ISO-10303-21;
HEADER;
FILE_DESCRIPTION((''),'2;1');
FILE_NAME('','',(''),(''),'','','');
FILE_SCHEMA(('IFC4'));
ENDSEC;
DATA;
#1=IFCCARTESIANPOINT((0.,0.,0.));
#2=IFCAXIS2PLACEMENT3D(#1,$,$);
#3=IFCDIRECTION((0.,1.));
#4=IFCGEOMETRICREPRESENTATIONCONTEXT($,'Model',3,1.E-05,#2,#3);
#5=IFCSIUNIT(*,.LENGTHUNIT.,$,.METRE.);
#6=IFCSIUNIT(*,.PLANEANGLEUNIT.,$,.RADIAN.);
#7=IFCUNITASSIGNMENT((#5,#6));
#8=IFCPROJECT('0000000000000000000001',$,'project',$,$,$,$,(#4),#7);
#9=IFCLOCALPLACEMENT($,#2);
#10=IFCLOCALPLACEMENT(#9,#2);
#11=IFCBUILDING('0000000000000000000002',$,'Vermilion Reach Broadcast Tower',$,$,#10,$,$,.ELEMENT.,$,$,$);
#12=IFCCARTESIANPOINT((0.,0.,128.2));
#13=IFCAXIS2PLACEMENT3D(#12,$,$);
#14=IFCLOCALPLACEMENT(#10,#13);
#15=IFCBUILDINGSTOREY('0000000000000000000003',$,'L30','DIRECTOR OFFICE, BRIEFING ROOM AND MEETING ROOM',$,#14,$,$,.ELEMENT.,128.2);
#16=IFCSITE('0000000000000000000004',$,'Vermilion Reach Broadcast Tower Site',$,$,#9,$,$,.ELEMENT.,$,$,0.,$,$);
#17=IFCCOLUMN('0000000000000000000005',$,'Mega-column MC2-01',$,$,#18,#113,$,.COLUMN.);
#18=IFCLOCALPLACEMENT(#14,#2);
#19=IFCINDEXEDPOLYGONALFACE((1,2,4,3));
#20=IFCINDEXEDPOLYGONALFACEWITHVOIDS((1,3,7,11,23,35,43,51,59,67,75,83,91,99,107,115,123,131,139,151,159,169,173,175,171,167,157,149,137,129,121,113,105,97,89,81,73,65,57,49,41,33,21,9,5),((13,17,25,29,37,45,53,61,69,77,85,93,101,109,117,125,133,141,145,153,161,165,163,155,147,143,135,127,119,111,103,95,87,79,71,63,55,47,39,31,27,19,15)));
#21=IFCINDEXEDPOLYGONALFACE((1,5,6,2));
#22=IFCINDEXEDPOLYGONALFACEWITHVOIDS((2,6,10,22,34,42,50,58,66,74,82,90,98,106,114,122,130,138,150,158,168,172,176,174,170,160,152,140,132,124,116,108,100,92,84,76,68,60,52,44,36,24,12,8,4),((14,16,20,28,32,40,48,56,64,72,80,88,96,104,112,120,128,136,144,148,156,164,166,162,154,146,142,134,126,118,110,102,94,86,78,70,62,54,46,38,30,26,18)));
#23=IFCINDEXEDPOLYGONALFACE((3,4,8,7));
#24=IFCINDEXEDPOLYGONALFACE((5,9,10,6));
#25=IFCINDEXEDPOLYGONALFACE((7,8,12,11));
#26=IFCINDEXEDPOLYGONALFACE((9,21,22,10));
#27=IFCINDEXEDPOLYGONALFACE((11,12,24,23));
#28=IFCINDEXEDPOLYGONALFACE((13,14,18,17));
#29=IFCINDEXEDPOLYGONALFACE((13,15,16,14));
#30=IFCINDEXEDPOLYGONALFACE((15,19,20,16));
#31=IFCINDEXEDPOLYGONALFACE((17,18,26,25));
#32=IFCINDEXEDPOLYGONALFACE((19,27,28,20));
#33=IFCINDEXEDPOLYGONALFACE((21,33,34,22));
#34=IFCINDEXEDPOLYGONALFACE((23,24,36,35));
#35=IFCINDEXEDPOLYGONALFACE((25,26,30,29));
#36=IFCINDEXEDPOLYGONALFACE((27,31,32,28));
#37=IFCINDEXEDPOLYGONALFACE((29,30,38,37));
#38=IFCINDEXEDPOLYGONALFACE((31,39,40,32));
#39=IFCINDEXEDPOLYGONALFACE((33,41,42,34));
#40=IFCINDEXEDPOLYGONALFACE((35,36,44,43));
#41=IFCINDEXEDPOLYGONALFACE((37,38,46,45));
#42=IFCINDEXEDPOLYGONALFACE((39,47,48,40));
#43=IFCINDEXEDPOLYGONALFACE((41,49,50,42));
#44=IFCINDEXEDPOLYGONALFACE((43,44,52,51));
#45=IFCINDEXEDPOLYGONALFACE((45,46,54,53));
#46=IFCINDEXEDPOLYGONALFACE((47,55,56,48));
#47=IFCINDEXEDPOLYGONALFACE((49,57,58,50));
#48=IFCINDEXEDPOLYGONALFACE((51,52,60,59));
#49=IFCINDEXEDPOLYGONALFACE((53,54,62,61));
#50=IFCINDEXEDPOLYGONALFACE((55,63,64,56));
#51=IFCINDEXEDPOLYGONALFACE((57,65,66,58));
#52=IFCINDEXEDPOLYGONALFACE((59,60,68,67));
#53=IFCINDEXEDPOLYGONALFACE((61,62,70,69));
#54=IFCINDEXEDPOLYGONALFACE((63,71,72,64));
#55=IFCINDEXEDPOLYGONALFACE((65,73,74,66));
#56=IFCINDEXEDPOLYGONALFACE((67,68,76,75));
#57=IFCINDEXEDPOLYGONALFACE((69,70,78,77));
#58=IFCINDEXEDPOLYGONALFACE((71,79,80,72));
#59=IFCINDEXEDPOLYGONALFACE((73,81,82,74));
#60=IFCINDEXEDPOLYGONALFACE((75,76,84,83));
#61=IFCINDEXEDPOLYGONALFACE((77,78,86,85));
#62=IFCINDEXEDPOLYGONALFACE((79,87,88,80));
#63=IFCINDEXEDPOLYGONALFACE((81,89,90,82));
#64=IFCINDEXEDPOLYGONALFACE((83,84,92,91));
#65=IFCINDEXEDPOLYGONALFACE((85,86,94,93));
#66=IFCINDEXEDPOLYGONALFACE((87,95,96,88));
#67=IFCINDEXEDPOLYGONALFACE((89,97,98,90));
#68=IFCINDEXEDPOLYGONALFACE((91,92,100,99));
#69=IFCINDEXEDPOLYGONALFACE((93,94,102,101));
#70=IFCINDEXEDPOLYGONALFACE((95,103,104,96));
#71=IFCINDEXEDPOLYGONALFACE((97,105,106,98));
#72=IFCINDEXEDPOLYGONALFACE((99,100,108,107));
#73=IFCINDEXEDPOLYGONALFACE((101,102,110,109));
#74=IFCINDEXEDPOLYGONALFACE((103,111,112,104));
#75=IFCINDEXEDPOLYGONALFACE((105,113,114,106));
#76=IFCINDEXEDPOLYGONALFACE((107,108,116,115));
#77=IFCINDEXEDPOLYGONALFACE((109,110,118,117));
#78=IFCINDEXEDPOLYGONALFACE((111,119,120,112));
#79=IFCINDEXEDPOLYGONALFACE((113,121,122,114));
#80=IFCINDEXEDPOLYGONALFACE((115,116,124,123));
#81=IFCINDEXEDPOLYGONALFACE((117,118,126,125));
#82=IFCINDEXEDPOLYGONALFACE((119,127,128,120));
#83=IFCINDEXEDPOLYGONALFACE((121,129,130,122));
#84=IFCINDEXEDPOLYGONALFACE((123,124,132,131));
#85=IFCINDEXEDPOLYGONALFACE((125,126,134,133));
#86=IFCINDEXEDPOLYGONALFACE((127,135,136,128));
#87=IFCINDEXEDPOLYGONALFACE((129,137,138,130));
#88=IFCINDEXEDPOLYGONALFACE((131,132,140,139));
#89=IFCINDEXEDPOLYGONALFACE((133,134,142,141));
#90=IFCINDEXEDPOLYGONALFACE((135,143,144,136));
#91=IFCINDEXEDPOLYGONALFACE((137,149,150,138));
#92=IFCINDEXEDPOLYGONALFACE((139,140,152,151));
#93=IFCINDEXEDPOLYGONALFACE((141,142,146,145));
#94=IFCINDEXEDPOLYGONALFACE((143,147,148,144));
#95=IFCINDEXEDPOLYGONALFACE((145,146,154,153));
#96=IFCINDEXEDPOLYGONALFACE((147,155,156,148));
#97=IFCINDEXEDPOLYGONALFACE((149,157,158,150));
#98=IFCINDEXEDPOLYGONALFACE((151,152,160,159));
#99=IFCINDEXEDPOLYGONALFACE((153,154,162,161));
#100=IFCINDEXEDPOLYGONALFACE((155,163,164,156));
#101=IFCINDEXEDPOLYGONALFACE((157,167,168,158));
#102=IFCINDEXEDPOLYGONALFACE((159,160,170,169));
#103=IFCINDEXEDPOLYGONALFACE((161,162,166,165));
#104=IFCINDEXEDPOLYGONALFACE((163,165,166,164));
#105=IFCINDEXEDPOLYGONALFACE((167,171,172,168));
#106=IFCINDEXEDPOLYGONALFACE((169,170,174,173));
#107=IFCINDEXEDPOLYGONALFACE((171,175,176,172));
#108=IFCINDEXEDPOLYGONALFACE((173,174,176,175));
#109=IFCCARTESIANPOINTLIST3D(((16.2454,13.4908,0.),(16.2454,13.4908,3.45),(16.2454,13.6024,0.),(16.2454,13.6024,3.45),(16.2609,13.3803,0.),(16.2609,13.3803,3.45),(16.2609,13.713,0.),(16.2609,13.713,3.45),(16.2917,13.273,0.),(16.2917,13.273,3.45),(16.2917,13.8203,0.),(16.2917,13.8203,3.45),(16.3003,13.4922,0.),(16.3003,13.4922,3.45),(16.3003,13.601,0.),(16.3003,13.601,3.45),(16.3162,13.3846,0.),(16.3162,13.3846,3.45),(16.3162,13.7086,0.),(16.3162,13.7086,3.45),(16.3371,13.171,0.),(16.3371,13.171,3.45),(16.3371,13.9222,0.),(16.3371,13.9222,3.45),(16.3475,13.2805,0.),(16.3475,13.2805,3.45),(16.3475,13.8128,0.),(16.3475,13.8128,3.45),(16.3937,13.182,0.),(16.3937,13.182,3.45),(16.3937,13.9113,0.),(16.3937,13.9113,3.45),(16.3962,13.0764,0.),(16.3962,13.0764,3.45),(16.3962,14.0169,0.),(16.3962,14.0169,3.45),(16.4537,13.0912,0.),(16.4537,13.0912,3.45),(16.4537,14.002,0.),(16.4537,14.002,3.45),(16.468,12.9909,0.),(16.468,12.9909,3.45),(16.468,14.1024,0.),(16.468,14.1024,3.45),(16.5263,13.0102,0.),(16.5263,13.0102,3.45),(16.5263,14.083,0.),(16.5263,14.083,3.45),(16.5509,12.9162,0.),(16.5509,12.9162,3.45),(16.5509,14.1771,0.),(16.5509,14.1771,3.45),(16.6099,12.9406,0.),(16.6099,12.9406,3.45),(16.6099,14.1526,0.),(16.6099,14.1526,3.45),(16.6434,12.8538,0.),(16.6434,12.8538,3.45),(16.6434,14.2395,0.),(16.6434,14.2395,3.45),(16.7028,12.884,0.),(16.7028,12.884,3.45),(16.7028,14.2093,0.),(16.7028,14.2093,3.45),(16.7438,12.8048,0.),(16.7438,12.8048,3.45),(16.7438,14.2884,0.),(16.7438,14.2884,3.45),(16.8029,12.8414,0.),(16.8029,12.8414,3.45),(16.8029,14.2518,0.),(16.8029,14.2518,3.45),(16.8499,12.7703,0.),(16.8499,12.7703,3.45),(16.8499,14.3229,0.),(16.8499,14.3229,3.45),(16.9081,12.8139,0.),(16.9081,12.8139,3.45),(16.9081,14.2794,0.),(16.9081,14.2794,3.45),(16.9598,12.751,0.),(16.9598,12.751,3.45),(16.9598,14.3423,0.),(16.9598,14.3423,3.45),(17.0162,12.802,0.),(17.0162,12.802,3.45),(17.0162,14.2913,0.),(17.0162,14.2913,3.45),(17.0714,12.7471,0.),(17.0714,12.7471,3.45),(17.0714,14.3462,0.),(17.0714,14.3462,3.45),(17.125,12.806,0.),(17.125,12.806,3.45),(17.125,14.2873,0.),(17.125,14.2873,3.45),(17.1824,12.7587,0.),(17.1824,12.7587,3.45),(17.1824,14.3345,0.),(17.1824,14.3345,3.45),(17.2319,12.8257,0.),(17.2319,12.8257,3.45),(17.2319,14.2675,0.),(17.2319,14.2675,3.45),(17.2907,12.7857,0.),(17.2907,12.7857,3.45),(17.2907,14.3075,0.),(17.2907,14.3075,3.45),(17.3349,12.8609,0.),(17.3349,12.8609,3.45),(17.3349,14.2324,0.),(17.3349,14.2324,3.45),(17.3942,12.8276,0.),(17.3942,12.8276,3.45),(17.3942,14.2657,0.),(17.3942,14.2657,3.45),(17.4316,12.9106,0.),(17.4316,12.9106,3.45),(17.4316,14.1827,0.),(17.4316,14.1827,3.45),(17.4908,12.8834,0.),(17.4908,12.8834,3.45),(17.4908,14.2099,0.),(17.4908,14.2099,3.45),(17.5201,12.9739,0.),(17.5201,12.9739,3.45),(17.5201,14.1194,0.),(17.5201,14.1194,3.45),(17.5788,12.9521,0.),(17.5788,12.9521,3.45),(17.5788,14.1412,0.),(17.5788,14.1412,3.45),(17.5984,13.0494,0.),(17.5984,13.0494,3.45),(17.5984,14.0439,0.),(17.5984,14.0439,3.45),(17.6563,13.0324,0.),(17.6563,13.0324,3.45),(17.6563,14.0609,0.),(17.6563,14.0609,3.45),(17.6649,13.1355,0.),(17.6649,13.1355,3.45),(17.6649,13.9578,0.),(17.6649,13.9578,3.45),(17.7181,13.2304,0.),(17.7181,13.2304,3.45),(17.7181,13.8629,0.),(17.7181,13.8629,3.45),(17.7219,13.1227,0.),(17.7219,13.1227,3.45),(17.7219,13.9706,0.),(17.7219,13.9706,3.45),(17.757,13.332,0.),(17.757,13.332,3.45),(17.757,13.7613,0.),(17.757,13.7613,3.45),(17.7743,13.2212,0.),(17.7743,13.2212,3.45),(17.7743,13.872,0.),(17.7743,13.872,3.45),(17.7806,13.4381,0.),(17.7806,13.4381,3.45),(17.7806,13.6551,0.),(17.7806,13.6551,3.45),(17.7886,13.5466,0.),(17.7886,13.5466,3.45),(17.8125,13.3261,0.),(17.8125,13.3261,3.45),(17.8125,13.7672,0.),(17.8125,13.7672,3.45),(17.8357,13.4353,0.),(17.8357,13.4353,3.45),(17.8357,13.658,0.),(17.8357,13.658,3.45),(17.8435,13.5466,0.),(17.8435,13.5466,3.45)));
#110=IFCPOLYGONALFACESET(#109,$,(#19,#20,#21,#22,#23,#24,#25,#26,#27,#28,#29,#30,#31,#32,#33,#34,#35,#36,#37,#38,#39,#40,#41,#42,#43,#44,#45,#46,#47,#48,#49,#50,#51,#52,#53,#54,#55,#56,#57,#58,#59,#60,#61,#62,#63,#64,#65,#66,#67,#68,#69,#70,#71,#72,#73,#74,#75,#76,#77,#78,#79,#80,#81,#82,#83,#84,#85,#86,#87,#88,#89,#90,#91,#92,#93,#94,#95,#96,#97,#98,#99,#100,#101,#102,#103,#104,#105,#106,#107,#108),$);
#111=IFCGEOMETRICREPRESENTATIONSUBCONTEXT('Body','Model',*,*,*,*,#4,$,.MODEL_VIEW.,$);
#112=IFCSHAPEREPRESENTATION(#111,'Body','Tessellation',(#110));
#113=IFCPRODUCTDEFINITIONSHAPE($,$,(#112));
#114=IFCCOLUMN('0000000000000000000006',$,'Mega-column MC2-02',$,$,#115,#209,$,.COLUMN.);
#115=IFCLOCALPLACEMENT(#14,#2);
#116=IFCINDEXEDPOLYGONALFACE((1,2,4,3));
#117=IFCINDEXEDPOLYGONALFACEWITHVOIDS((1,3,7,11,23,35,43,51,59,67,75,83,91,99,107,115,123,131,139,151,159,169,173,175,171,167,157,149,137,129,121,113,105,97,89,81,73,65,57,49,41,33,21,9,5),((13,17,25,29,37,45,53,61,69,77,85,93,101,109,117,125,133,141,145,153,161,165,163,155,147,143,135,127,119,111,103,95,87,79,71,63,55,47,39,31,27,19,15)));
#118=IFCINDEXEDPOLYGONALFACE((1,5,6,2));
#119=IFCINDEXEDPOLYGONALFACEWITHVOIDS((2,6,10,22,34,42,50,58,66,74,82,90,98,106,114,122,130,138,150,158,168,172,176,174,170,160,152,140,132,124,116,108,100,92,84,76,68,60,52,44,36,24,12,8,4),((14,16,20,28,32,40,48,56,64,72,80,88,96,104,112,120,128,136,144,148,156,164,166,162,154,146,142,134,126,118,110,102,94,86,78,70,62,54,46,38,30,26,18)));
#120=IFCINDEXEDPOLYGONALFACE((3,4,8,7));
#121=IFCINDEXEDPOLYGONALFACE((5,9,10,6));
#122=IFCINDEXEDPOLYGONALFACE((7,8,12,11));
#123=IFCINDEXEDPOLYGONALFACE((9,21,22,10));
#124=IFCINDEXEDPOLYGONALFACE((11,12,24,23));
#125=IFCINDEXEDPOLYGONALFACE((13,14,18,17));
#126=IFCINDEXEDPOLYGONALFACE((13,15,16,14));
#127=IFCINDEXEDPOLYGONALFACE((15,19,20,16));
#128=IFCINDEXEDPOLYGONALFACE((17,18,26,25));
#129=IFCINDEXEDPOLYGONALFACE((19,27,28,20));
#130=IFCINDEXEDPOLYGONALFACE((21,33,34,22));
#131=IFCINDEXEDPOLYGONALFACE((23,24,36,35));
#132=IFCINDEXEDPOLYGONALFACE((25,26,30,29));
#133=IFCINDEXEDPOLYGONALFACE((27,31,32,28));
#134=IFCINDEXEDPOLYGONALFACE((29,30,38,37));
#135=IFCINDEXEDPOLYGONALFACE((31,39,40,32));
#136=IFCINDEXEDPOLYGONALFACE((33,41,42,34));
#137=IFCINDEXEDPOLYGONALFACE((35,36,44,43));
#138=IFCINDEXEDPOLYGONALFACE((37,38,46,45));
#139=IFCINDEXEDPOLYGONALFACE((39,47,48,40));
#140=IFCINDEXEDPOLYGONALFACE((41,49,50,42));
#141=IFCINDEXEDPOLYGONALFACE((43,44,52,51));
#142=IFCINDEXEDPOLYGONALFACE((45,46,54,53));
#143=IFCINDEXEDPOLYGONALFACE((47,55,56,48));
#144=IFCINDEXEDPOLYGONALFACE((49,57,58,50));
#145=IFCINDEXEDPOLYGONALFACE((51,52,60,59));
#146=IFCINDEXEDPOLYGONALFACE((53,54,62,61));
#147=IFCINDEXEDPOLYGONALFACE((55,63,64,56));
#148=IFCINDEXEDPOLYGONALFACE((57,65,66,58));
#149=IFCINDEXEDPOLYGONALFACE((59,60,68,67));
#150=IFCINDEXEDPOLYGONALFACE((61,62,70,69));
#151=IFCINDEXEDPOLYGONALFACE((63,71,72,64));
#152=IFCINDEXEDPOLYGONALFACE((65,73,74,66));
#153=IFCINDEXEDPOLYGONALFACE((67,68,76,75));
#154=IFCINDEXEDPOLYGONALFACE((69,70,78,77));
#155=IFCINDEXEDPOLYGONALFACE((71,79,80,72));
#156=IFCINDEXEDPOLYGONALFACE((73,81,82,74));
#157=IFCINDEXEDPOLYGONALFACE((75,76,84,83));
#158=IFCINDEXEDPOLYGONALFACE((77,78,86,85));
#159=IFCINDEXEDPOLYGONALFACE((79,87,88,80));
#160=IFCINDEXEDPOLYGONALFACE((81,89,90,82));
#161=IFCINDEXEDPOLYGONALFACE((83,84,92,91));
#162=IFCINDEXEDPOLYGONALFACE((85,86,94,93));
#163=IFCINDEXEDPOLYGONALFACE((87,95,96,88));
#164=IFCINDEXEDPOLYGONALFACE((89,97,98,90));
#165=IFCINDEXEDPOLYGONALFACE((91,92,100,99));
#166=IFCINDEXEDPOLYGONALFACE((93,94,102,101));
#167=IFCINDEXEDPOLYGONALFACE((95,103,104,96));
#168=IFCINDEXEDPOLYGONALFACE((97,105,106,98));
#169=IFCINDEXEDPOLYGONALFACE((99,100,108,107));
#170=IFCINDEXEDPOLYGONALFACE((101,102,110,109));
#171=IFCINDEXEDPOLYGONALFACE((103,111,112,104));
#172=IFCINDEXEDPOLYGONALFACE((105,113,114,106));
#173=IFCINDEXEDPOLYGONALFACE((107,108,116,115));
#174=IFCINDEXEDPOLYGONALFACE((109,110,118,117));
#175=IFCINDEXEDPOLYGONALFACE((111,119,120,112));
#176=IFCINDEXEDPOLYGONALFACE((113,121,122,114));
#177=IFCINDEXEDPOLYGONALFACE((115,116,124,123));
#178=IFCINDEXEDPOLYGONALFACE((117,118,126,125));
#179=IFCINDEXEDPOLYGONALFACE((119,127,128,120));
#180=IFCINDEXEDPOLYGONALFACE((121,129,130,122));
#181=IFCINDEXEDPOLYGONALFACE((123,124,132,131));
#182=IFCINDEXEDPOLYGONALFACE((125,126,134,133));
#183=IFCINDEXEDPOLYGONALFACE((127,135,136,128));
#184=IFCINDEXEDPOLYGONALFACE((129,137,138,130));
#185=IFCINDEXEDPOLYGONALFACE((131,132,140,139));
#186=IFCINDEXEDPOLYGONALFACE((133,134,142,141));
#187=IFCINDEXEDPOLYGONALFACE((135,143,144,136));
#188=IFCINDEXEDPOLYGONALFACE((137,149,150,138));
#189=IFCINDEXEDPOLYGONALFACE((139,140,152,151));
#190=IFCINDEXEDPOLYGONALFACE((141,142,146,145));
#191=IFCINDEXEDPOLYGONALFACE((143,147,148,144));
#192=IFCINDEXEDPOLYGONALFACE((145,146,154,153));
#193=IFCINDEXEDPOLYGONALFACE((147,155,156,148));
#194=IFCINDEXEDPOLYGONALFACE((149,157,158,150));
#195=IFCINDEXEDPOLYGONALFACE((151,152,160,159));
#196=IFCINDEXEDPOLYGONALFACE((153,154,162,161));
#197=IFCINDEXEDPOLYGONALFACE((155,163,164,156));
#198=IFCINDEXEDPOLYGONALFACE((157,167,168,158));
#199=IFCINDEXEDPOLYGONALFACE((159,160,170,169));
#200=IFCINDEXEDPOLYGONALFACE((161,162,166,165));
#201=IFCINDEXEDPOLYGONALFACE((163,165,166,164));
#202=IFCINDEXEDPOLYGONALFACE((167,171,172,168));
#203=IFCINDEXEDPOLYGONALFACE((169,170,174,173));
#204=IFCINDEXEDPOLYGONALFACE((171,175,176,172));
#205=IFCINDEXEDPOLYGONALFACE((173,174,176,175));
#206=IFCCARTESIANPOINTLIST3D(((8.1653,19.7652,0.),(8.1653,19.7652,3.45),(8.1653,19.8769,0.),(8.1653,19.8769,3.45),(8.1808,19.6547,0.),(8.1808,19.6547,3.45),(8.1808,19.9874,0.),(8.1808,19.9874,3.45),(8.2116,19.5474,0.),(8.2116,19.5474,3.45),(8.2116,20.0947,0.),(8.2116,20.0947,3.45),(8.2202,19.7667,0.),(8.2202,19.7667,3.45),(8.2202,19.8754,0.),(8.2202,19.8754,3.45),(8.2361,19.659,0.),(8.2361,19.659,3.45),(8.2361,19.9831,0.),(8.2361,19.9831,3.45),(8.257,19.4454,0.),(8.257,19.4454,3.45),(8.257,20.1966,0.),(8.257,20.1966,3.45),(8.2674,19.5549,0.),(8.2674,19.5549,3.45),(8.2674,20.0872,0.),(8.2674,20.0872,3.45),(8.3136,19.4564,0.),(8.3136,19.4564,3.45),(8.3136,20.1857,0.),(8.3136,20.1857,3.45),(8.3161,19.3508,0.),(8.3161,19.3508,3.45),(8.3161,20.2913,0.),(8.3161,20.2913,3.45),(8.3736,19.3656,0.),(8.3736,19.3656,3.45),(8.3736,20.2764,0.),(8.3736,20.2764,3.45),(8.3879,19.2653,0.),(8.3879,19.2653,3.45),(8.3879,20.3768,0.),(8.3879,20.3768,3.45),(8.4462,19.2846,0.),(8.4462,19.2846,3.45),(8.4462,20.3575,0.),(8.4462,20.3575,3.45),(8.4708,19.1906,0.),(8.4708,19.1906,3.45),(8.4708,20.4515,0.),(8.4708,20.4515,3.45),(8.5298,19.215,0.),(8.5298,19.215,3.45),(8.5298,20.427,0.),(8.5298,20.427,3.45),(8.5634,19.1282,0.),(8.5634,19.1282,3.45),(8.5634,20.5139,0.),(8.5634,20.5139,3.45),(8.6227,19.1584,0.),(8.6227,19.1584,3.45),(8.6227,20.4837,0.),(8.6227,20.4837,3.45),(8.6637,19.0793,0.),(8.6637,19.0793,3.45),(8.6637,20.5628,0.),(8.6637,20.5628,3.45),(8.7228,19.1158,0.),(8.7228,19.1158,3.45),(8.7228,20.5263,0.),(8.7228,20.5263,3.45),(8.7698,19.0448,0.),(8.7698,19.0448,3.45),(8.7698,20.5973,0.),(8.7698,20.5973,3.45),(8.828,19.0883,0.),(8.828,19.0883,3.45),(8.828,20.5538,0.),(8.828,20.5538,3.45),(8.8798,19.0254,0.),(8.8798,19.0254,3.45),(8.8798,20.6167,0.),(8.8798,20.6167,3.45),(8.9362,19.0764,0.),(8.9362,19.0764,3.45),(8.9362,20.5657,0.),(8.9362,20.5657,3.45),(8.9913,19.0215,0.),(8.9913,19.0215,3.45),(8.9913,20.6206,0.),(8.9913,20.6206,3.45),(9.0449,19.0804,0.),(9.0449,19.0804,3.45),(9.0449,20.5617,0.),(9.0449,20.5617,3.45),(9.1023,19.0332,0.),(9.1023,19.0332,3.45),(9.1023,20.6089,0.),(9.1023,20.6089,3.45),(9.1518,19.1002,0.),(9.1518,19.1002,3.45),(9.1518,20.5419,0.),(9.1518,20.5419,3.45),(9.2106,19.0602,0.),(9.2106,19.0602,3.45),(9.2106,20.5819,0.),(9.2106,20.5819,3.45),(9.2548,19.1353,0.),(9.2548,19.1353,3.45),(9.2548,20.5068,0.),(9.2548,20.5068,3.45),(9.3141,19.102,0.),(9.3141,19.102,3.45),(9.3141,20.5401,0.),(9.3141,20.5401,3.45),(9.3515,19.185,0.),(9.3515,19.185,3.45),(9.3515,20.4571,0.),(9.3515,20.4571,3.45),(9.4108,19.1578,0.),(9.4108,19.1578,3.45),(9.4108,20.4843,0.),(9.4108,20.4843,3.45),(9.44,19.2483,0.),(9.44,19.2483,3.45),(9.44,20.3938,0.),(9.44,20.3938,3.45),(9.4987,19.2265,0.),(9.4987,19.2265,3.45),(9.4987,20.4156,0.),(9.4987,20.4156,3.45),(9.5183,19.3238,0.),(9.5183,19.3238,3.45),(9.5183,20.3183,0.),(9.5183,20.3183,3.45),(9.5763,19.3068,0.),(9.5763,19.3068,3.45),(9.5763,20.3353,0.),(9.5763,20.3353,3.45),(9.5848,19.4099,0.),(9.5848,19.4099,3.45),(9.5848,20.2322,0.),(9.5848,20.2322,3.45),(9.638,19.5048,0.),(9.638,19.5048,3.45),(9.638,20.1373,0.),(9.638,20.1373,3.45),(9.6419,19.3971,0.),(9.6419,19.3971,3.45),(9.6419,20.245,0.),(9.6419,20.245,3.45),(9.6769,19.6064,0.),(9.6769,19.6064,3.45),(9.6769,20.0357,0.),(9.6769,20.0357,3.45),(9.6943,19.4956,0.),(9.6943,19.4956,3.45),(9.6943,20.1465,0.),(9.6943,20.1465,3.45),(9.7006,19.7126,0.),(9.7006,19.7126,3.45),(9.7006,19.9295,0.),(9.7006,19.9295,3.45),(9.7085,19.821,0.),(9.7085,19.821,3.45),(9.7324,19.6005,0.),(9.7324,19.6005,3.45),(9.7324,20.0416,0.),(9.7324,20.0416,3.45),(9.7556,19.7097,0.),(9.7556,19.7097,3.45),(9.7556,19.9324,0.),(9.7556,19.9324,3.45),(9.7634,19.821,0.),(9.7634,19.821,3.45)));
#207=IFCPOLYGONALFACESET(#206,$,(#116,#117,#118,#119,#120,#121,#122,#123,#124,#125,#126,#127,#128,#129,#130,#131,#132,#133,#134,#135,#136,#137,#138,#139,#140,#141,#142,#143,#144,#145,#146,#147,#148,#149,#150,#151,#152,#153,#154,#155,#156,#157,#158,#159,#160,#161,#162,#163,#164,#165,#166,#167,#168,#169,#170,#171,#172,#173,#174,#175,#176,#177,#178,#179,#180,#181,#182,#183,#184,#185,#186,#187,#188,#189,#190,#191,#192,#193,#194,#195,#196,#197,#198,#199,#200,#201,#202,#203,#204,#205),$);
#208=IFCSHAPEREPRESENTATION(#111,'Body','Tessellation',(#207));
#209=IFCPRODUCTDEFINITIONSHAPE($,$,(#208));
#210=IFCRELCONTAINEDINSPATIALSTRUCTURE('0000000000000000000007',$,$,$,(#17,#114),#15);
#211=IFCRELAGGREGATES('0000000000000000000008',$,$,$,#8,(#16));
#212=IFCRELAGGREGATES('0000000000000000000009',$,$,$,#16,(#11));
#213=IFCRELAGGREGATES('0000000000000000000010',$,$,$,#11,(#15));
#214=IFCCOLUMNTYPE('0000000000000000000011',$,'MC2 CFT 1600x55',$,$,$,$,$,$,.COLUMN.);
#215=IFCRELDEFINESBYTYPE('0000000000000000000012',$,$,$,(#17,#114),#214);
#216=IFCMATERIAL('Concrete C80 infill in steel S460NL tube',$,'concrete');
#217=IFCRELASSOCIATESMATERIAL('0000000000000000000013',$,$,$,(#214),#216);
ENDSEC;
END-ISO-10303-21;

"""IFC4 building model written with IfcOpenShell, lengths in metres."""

from ifc_helpers import new_model, si_unit, direction, frame, origin, origin_2d, place, context, subcontext, project, spatial, hollow_circle, extrude, material, material_profile, profile_set, type_object, element, save


model = new_model("IFC4")

# Units and contexts
model_context = context("Model", 3, precision=1e-05, world=origin(), true_north=direction((0.0, 1.0)))
body_context = subcontext(model_context, "Body", "Model", "MODEL_VIEW")
ifc_project = project(units=[si_unit("LENGTHUNIT", "METRE"), si_unit("PLANEANGLEUNIT", "RADIAN")], contexts=[model_context])

# Site, building, storey
site_placement = place(None, origin())
site = spatial("IfcSite", under=ifc_project, at=site_placement, Name="Vermilion Reach Broadcast Tower Site", CompositionType="ELEMENT", RefElevation=0.0)
building_placement = place(site_placement, origin())
building = spatial("IfcBuilding", under=site, at=building_placement, Name="Vermilion Reach Broadcast Tower", CompositionType="ELEMENT")
storey_placement = place(building_placement, frame((0.0, 0.0, 128.2)))
storey = spatial("IfcBuildingStorey", under=building, at=storey_placement, Name="L30", Description="DIRECTOR OFFICE, BRIEFING ROOM AND MEETING ROOM", CompositionType="ELEMENT", Elevation=128.2)

# Columns
ifc_material_1 = material(Name="Concrete C80 infill in steel S460NL tube", Category="concrete")
ifc_material_profile_1 = material_profile(ifc_material_1, hollow_circle(Radius=0.8, WallThickness=0.0549, at=origin_2d()), Name="Concrete C80 infill in steel S460NL tube CFT 1600x55")
ifc_profile_set_1 = profile_set([ifc_material_profile_1], Name="Concrete C80 infill in steel S460NL tube")
column_type = type_object("IfcColumnType", Name="MC2 CFT 1600x55", PredefinedType="COLUMN", material=ifc_profile_set_1)
for number, where, z_axis, x_axis, name in (
    (1, (17.0435, 13.5466, 0.0), (0.0, 0.0, 1.0), (1.0, 0.0, 0.0), "Mega-column MC2-01"),
    (2, (8.9634, 19.821, 0.0), (0.0, 0.0, 1.0), (1.0, 0.0, 0.0), "Mega-column MC2-02"),
):
    element("IfcColumn", number, at=place(storey_placement, frame(where, z_axis=z_axis, x_axis=x_axis)), inside=storey, type_object=column_type, Name=name, PredefinedType="COLUMN", context=body_context, shape_type="SweptSolid", body=[
        extrude(hollow_circle(Radius=0.8, WallThickness=0.0549, at=origin_2d()), origin(), (0.0, 0.0, 1.0), 3.45),
    ])

save(model, "model.ifc")
